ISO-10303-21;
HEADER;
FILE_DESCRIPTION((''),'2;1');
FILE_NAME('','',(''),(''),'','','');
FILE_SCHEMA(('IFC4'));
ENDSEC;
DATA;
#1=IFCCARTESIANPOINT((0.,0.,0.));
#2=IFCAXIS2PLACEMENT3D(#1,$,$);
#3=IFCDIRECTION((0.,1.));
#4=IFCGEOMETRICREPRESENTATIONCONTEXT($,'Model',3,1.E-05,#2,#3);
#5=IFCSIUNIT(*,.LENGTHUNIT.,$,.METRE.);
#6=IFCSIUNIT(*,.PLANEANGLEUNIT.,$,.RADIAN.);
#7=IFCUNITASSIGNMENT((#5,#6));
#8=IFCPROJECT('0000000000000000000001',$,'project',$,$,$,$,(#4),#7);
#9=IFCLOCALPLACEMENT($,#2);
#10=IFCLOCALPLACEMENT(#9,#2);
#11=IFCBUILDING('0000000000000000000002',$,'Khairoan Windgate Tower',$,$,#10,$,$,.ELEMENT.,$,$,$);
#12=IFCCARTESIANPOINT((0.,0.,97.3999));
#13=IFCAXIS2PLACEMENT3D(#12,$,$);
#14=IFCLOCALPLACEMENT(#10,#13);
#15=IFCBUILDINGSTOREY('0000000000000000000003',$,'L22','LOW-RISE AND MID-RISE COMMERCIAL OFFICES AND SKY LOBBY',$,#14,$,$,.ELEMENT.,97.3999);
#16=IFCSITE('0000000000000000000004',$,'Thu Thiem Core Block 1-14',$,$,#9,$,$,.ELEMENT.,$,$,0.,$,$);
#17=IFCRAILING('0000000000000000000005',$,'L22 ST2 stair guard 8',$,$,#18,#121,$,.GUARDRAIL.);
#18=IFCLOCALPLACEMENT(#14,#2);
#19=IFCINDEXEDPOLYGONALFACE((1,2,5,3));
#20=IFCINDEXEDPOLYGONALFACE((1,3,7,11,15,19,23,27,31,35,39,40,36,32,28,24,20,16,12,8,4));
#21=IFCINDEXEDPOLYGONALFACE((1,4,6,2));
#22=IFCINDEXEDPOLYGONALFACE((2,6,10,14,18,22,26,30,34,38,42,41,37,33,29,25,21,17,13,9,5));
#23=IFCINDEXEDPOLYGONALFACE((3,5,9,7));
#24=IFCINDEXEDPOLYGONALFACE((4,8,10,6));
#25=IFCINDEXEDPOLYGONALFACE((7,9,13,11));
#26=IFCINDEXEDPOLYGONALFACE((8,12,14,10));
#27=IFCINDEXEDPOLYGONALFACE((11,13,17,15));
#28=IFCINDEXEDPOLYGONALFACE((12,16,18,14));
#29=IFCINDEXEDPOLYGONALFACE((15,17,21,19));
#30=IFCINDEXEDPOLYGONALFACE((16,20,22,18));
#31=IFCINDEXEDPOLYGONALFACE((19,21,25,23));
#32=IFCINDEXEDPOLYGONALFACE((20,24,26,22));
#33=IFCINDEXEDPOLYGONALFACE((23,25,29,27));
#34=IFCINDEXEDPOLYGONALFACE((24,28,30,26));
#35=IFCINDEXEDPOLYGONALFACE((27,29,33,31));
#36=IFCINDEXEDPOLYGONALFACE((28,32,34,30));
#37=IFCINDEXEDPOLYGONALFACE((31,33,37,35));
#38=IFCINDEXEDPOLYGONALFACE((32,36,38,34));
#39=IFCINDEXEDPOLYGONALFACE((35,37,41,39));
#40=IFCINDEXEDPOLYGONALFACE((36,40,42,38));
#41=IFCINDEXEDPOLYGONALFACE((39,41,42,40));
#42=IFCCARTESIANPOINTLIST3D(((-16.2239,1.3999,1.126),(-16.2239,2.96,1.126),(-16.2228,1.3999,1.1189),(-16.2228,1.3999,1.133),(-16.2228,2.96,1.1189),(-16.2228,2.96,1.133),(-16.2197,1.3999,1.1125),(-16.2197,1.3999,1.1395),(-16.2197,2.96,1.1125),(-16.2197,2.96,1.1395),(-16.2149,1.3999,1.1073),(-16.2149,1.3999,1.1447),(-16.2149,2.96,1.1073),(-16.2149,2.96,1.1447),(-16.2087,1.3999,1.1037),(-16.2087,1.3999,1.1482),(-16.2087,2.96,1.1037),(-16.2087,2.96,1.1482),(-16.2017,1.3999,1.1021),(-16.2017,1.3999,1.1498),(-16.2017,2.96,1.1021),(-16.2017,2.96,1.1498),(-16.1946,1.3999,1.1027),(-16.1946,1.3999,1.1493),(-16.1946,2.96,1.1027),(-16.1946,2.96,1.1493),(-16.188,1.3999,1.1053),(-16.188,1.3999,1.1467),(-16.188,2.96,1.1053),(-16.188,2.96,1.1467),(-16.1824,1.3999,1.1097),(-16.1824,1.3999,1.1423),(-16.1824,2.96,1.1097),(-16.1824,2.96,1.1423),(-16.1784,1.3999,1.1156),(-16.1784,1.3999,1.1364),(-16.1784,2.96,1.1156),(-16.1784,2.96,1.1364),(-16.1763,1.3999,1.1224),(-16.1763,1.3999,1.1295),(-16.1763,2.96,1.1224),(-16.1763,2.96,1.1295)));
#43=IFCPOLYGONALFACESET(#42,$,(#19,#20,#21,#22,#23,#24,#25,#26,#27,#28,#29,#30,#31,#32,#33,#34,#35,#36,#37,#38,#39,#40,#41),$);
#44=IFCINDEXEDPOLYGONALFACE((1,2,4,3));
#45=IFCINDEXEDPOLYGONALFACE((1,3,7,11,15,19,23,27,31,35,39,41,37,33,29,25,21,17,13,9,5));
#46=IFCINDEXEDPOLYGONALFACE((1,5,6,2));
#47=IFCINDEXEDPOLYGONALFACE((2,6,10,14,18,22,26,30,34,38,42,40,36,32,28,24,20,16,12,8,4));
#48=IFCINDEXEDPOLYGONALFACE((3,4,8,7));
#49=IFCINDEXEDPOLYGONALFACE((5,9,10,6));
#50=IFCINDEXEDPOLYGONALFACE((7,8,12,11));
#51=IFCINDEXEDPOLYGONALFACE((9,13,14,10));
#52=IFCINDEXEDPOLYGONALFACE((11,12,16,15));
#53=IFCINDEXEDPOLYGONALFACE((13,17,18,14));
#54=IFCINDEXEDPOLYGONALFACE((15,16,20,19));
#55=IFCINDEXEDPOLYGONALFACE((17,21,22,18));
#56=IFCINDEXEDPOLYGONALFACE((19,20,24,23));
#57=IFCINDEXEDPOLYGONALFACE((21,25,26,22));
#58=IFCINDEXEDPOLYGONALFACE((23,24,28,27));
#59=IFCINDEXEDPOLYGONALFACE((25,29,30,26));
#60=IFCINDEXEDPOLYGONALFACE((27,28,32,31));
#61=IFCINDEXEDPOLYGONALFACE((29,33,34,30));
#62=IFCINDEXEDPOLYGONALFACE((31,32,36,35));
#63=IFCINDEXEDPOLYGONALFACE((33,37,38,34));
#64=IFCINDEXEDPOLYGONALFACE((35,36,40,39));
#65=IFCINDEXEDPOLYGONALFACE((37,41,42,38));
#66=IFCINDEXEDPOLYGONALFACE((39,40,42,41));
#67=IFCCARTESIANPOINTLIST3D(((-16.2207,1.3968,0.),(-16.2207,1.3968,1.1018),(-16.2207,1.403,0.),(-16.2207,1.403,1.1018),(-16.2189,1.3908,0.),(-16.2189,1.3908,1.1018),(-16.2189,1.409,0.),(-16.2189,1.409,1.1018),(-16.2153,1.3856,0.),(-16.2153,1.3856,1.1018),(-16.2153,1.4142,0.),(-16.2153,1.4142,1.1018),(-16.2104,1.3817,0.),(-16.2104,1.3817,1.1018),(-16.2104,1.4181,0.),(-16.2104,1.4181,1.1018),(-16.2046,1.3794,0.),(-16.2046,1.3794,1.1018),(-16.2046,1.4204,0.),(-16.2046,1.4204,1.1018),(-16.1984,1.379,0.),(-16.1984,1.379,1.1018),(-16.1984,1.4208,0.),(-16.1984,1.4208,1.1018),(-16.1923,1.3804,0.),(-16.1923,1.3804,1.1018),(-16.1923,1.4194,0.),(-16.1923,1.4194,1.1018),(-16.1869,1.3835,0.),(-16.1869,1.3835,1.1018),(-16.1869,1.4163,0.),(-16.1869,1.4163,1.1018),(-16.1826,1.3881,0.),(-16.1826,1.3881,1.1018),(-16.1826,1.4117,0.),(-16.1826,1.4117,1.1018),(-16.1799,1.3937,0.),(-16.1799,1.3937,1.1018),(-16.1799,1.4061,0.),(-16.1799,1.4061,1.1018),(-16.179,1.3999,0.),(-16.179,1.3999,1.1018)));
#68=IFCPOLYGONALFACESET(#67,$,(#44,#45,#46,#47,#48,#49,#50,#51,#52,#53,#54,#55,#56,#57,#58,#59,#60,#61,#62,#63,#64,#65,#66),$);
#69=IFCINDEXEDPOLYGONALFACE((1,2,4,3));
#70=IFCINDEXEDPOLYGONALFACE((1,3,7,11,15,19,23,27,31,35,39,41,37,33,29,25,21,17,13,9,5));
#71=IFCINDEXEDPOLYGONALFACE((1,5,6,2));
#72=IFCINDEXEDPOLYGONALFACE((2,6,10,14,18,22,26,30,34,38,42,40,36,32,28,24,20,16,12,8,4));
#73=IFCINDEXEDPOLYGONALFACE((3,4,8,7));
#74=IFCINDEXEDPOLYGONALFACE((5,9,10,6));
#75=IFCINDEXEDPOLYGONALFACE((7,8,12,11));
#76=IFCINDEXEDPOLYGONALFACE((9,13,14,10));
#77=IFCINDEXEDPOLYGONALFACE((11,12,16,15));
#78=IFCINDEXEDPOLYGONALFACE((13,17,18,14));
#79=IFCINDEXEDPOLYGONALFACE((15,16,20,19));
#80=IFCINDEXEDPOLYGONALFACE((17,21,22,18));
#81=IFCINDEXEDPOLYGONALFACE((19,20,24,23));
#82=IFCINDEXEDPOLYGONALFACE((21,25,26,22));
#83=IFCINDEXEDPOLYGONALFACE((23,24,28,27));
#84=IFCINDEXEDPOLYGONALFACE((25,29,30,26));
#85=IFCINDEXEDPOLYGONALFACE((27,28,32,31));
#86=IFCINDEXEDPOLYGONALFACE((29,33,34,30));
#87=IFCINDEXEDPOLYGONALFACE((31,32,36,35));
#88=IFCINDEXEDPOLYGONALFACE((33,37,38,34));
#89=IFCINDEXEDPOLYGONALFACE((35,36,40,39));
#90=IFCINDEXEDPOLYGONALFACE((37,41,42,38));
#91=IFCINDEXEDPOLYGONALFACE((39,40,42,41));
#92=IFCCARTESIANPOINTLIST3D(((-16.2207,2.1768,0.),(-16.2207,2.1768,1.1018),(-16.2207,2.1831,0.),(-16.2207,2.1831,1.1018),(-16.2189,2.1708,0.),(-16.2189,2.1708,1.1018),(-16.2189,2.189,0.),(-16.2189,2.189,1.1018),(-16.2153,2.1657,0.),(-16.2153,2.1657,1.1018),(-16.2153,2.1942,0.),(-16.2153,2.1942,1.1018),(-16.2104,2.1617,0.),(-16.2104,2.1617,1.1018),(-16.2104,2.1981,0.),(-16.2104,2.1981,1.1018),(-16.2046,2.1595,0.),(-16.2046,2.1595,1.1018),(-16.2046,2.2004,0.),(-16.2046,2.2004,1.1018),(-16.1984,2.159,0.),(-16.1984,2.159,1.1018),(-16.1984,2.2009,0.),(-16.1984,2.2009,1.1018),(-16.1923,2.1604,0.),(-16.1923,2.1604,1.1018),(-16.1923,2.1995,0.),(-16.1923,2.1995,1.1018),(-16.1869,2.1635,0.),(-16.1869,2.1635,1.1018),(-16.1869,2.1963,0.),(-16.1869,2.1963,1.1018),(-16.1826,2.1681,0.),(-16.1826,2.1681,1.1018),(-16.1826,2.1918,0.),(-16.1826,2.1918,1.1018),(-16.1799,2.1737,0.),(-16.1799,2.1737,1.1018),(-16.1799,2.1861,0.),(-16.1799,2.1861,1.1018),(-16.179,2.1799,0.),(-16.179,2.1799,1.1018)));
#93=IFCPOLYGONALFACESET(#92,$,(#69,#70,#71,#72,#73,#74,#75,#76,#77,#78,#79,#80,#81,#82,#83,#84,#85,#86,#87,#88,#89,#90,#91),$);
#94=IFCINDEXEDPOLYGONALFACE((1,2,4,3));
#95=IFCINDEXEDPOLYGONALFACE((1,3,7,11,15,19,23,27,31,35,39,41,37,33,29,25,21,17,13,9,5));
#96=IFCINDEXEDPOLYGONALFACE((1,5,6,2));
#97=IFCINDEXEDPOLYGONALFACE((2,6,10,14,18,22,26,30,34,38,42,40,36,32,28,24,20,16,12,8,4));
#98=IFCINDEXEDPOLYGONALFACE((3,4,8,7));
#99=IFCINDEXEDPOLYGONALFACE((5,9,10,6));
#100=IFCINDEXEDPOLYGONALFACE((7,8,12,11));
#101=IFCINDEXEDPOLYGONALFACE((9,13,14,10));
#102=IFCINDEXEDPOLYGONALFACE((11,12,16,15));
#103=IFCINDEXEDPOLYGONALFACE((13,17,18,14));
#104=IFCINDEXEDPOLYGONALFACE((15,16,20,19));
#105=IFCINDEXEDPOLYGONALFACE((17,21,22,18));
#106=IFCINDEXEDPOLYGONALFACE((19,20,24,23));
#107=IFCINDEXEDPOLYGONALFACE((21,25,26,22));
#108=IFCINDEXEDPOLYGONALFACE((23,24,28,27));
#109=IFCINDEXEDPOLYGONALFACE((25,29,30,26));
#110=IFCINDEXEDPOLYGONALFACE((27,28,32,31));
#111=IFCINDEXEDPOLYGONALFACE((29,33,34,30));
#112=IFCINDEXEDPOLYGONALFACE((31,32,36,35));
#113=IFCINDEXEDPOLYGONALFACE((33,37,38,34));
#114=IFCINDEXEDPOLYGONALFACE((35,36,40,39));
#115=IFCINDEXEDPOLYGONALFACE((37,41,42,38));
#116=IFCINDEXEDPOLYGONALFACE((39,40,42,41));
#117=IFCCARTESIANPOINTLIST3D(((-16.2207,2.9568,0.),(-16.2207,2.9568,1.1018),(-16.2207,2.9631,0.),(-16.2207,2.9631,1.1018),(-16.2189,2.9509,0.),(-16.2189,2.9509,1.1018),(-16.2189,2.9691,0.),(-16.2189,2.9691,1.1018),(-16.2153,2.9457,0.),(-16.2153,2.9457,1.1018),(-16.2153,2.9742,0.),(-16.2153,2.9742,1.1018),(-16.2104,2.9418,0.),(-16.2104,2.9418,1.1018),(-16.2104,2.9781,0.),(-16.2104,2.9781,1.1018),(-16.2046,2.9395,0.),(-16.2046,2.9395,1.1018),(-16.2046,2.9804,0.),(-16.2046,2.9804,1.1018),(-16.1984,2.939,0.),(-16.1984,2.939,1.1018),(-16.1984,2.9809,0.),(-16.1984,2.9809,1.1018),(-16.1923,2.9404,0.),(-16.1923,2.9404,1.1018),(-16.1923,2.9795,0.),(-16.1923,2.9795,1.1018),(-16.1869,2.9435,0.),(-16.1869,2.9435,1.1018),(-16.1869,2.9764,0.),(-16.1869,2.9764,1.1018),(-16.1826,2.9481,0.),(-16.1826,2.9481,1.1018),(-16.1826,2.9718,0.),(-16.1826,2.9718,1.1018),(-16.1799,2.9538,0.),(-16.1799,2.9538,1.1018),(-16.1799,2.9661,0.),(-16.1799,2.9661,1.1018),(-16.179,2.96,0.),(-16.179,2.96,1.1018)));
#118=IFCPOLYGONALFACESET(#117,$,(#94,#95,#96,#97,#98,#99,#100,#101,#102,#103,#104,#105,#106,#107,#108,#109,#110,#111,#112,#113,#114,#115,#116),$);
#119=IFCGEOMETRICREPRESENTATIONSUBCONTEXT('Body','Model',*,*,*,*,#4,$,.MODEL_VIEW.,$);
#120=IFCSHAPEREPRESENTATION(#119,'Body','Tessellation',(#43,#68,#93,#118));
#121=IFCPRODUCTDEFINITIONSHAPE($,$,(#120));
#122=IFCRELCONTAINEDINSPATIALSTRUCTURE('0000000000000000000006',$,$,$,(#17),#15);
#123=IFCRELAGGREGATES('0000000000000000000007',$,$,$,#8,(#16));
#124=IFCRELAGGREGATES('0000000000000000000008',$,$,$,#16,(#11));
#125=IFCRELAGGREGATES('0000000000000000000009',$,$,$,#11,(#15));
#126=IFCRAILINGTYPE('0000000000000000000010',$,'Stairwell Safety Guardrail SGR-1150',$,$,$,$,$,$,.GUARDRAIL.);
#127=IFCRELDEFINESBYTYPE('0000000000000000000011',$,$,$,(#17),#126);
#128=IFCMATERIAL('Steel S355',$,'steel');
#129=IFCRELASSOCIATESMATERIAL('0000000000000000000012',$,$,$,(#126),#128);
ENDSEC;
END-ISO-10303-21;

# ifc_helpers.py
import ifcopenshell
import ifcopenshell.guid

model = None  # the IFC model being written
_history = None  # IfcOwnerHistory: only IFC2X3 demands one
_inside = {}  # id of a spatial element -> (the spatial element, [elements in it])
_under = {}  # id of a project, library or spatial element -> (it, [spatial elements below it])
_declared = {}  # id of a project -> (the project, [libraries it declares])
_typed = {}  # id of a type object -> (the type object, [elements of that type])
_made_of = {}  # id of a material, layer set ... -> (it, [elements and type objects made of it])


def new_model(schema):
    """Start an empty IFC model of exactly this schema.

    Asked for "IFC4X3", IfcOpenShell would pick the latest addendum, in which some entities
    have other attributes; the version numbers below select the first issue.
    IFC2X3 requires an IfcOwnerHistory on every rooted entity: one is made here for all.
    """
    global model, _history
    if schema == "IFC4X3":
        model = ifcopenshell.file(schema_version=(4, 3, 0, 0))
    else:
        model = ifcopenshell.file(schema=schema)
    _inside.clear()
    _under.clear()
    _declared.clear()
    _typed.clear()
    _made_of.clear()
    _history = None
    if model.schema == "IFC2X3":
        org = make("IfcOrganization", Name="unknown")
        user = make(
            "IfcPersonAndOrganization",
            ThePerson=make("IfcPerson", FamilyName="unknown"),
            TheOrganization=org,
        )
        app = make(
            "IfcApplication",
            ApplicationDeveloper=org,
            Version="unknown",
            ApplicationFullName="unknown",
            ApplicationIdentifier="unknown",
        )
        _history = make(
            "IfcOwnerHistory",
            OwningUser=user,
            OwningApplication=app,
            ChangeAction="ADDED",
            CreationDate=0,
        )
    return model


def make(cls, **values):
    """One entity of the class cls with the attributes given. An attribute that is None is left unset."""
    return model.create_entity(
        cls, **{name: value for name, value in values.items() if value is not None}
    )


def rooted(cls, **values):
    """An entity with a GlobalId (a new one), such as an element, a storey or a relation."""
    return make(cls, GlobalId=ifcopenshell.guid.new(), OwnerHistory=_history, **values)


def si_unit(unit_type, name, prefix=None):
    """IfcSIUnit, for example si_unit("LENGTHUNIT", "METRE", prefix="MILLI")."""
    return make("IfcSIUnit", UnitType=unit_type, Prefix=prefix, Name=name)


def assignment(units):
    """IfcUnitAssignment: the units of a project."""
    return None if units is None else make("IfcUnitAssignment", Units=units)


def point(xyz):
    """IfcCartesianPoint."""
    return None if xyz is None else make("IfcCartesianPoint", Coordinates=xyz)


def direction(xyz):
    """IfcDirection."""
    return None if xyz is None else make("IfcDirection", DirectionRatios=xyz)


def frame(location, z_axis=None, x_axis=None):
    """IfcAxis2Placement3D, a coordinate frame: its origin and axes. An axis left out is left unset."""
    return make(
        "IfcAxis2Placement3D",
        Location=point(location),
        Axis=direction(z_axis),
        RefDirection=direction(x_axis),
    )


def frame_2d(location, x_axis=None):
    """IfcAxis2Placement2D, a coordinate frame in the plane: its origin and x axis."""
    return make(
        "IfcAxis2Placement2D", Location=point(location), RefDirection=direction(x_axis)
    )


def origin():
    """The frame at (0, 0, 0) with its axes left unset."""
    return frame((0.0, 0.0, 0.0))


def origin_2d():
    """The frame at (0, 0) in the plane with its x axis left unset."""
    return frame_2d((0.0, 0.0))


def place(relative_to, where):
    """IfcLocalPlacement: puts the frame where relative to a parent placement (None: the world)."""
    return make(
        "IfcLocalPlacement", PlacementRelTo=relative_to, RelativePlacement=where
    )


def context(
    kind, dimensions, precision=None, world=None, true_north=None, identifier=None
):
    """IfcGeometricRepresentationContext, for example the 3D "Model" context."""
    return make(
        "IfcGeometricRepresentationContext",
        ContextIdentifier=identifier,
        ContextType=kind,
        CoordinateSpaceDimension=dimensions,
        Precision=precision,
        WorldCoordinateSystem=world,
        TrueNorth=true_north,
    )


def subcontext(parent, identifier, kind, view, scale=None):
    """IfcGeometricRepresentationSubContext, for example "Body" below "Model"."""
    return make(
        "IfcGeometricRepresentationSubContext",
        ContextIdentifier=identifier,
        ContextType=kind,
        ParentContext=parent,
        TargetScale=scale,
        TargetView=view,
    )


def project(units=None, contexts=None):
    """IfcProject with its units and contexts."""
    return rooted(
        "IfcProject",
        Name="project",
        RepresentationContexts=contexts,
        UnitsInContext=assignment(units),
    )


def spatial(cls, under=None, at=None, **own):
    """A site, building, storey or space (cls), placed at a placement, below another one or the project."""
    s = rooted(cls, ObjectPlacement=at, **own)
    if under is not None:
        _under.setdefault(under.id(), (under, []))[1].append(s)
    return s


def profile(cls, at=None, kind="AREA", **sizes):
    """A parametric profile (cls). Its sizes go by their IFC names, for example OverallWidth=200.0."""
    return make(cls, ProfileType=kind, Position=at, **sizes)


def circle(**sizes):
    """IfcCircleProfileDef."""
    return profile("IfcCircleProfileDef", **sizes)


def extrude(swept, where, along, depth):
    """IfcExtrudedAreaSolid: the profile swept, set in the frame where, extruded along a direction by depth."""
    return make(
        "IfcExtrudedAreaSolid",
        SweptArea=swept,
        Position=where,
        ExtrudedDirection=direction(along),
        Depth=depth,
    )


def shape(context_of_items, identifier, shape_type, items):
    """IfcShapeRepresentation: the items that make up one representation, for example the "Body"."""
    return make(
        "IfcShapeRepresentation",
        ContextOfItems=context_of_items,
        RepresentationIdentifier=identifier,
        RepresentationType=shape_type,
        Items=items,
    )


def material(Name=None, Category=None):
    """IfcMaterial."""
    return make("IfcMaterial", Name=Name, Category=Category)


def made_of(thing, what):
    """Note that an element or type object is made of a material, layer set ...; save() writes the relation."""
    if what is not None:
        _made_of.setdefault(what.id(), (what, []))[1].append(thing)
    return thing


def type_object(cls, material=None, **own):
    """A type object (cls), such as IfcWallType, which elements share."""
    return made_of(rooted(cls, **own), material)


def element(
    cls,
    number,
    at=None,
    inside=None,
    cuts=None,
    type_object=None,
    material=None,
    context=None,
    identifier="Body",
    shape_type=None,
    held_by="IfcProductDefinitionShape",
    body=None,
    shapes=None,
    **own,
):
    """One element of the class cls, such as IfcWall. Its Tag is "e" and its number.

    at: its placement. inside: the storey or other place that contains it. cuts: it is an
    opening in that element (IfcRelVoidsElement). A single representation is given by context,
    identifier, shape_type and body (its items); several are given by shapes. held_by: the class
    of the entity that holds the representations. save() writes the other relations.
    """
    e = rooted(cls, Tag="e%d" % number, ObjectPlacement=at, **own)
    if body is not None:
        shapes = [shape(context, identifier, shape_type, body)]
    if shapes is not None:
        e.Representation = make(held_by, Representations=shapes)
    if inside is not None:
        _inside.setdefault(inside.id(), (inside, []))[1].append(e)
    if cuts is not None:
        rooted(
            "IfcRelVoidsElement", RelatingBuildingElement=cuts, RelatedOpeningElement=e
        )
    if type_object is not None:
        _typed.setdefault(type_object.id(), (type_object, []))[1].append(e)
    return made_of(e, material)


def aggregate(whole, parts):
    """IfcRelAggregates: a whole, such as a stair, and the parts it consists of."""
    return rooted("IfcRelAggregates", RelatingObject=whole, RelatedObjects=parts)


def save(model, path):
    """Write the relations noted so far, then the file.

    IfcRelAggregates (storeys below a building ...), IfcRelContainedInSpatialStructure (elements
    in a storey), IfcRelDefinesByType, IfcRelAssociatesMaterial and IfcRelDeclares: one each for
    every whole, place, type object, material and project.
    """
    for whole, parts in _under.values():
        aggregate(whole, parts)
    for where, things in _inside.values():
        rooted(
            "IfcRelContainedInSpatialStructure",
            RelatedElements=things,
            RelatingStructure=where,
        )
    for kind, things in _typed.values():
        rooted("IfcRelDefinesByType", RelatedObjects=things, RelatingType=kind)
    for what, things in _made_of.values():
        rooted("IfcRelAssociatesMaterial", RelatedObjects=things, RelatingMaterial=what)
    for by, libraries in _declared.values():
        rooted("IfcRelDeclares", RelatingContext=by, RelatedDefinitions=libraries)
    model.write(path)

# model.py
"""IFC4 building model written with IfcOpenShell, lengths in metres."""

from ifc_helpers import new_model, si_unit, direction, frame, origin, origin_2d, place, context, subcontext, project, spatial, circle, extrude, material, type_object, element, save


model = new_model("IFC4")

# Units and contexts
model_context = context("Model", 3, precision=1e-05, world=origin(), true_north=direction((0.0, 1.0)))
body_context = subcontext(model_context, "Body", "Model", "MODEL_VIEW")
ifc_project = project(units=[si_unit("LENGTHUNIT", "METRE"), si_unit("PLANEANGLEUNIT", "RADIAN")], contexts=[model_context])

# Site, building, storey
site_placement = place(None, origin())
site = spatial("IfcSite", under=ifc_project, at=site_placement, Name="Thu Thiem Core Block 1-14", CompositionType="ELEMENT", RefElevation=0.0)
building_placement = place(site_placement, origin())
building = spatial("IfcBuilding", under=site, at=building_placement, Name="Khairoan Windgate Tower", CompositionType="ELEMENT")
storey_placement = place(building_placement, frame((0.0, 0.0, 97.3999)))
storey = spatial("IfcBuildingStorey", under=building, at=storey_placement, Name="L22", Description="LOW-RISE AND MID-RISE COMMERCIAL OFFICES AND SKY LOBBY", CompositionType="ELEMENT", Elevation=97.3999)

# Railing
ifc_material_1 = material(Name="Steel S355", Category="steel")
railing_type_1 = type_object("IfcRailingType", Name="Stairwell Safety Guardrail SGR-1150", PredefinedType="GUARDRAIL", material=ifc_material_1)
railing_1_placement = place(storey_placement, frame((-16.2, 1.3999, 0.0)))
element("IfcRailing", 1, at=railing_1_placement, inside=storey, type_object=railing_type_1, Name="L22 ST2 stair guard 8", PredefinedType="GUARDRAIL", context=body_context, shape_type="SweptSolid", body=[
    extrude(circle(Radius=0.0239, at=origin_2d()), frame((0.0, 0.0, 1.126), z_axis=(0.0, 1.0, 0.0), x_axis=(-1.0, 0.0, 0.0)), (0.0, 0.0, 1.0), 1.5601),
    extrude(circle(Radius=0.021, at=origin_2d()), origin(), (0.0, 0.0, 1.0), 1.1018),
    extrude(circle(Radius=0.021, at=origin_2d()), frame((0.0, 0.78, 0.0)), (0.0, 0.0, 1.0), 1.1018),
    extrude(circle(Radius=0.021, at=origin_2d()), frame((0.0, 1.5601, 0.0)), (0.0, 0.0, 1.0), 1.1018),
])

save(model, "model.ifc")
